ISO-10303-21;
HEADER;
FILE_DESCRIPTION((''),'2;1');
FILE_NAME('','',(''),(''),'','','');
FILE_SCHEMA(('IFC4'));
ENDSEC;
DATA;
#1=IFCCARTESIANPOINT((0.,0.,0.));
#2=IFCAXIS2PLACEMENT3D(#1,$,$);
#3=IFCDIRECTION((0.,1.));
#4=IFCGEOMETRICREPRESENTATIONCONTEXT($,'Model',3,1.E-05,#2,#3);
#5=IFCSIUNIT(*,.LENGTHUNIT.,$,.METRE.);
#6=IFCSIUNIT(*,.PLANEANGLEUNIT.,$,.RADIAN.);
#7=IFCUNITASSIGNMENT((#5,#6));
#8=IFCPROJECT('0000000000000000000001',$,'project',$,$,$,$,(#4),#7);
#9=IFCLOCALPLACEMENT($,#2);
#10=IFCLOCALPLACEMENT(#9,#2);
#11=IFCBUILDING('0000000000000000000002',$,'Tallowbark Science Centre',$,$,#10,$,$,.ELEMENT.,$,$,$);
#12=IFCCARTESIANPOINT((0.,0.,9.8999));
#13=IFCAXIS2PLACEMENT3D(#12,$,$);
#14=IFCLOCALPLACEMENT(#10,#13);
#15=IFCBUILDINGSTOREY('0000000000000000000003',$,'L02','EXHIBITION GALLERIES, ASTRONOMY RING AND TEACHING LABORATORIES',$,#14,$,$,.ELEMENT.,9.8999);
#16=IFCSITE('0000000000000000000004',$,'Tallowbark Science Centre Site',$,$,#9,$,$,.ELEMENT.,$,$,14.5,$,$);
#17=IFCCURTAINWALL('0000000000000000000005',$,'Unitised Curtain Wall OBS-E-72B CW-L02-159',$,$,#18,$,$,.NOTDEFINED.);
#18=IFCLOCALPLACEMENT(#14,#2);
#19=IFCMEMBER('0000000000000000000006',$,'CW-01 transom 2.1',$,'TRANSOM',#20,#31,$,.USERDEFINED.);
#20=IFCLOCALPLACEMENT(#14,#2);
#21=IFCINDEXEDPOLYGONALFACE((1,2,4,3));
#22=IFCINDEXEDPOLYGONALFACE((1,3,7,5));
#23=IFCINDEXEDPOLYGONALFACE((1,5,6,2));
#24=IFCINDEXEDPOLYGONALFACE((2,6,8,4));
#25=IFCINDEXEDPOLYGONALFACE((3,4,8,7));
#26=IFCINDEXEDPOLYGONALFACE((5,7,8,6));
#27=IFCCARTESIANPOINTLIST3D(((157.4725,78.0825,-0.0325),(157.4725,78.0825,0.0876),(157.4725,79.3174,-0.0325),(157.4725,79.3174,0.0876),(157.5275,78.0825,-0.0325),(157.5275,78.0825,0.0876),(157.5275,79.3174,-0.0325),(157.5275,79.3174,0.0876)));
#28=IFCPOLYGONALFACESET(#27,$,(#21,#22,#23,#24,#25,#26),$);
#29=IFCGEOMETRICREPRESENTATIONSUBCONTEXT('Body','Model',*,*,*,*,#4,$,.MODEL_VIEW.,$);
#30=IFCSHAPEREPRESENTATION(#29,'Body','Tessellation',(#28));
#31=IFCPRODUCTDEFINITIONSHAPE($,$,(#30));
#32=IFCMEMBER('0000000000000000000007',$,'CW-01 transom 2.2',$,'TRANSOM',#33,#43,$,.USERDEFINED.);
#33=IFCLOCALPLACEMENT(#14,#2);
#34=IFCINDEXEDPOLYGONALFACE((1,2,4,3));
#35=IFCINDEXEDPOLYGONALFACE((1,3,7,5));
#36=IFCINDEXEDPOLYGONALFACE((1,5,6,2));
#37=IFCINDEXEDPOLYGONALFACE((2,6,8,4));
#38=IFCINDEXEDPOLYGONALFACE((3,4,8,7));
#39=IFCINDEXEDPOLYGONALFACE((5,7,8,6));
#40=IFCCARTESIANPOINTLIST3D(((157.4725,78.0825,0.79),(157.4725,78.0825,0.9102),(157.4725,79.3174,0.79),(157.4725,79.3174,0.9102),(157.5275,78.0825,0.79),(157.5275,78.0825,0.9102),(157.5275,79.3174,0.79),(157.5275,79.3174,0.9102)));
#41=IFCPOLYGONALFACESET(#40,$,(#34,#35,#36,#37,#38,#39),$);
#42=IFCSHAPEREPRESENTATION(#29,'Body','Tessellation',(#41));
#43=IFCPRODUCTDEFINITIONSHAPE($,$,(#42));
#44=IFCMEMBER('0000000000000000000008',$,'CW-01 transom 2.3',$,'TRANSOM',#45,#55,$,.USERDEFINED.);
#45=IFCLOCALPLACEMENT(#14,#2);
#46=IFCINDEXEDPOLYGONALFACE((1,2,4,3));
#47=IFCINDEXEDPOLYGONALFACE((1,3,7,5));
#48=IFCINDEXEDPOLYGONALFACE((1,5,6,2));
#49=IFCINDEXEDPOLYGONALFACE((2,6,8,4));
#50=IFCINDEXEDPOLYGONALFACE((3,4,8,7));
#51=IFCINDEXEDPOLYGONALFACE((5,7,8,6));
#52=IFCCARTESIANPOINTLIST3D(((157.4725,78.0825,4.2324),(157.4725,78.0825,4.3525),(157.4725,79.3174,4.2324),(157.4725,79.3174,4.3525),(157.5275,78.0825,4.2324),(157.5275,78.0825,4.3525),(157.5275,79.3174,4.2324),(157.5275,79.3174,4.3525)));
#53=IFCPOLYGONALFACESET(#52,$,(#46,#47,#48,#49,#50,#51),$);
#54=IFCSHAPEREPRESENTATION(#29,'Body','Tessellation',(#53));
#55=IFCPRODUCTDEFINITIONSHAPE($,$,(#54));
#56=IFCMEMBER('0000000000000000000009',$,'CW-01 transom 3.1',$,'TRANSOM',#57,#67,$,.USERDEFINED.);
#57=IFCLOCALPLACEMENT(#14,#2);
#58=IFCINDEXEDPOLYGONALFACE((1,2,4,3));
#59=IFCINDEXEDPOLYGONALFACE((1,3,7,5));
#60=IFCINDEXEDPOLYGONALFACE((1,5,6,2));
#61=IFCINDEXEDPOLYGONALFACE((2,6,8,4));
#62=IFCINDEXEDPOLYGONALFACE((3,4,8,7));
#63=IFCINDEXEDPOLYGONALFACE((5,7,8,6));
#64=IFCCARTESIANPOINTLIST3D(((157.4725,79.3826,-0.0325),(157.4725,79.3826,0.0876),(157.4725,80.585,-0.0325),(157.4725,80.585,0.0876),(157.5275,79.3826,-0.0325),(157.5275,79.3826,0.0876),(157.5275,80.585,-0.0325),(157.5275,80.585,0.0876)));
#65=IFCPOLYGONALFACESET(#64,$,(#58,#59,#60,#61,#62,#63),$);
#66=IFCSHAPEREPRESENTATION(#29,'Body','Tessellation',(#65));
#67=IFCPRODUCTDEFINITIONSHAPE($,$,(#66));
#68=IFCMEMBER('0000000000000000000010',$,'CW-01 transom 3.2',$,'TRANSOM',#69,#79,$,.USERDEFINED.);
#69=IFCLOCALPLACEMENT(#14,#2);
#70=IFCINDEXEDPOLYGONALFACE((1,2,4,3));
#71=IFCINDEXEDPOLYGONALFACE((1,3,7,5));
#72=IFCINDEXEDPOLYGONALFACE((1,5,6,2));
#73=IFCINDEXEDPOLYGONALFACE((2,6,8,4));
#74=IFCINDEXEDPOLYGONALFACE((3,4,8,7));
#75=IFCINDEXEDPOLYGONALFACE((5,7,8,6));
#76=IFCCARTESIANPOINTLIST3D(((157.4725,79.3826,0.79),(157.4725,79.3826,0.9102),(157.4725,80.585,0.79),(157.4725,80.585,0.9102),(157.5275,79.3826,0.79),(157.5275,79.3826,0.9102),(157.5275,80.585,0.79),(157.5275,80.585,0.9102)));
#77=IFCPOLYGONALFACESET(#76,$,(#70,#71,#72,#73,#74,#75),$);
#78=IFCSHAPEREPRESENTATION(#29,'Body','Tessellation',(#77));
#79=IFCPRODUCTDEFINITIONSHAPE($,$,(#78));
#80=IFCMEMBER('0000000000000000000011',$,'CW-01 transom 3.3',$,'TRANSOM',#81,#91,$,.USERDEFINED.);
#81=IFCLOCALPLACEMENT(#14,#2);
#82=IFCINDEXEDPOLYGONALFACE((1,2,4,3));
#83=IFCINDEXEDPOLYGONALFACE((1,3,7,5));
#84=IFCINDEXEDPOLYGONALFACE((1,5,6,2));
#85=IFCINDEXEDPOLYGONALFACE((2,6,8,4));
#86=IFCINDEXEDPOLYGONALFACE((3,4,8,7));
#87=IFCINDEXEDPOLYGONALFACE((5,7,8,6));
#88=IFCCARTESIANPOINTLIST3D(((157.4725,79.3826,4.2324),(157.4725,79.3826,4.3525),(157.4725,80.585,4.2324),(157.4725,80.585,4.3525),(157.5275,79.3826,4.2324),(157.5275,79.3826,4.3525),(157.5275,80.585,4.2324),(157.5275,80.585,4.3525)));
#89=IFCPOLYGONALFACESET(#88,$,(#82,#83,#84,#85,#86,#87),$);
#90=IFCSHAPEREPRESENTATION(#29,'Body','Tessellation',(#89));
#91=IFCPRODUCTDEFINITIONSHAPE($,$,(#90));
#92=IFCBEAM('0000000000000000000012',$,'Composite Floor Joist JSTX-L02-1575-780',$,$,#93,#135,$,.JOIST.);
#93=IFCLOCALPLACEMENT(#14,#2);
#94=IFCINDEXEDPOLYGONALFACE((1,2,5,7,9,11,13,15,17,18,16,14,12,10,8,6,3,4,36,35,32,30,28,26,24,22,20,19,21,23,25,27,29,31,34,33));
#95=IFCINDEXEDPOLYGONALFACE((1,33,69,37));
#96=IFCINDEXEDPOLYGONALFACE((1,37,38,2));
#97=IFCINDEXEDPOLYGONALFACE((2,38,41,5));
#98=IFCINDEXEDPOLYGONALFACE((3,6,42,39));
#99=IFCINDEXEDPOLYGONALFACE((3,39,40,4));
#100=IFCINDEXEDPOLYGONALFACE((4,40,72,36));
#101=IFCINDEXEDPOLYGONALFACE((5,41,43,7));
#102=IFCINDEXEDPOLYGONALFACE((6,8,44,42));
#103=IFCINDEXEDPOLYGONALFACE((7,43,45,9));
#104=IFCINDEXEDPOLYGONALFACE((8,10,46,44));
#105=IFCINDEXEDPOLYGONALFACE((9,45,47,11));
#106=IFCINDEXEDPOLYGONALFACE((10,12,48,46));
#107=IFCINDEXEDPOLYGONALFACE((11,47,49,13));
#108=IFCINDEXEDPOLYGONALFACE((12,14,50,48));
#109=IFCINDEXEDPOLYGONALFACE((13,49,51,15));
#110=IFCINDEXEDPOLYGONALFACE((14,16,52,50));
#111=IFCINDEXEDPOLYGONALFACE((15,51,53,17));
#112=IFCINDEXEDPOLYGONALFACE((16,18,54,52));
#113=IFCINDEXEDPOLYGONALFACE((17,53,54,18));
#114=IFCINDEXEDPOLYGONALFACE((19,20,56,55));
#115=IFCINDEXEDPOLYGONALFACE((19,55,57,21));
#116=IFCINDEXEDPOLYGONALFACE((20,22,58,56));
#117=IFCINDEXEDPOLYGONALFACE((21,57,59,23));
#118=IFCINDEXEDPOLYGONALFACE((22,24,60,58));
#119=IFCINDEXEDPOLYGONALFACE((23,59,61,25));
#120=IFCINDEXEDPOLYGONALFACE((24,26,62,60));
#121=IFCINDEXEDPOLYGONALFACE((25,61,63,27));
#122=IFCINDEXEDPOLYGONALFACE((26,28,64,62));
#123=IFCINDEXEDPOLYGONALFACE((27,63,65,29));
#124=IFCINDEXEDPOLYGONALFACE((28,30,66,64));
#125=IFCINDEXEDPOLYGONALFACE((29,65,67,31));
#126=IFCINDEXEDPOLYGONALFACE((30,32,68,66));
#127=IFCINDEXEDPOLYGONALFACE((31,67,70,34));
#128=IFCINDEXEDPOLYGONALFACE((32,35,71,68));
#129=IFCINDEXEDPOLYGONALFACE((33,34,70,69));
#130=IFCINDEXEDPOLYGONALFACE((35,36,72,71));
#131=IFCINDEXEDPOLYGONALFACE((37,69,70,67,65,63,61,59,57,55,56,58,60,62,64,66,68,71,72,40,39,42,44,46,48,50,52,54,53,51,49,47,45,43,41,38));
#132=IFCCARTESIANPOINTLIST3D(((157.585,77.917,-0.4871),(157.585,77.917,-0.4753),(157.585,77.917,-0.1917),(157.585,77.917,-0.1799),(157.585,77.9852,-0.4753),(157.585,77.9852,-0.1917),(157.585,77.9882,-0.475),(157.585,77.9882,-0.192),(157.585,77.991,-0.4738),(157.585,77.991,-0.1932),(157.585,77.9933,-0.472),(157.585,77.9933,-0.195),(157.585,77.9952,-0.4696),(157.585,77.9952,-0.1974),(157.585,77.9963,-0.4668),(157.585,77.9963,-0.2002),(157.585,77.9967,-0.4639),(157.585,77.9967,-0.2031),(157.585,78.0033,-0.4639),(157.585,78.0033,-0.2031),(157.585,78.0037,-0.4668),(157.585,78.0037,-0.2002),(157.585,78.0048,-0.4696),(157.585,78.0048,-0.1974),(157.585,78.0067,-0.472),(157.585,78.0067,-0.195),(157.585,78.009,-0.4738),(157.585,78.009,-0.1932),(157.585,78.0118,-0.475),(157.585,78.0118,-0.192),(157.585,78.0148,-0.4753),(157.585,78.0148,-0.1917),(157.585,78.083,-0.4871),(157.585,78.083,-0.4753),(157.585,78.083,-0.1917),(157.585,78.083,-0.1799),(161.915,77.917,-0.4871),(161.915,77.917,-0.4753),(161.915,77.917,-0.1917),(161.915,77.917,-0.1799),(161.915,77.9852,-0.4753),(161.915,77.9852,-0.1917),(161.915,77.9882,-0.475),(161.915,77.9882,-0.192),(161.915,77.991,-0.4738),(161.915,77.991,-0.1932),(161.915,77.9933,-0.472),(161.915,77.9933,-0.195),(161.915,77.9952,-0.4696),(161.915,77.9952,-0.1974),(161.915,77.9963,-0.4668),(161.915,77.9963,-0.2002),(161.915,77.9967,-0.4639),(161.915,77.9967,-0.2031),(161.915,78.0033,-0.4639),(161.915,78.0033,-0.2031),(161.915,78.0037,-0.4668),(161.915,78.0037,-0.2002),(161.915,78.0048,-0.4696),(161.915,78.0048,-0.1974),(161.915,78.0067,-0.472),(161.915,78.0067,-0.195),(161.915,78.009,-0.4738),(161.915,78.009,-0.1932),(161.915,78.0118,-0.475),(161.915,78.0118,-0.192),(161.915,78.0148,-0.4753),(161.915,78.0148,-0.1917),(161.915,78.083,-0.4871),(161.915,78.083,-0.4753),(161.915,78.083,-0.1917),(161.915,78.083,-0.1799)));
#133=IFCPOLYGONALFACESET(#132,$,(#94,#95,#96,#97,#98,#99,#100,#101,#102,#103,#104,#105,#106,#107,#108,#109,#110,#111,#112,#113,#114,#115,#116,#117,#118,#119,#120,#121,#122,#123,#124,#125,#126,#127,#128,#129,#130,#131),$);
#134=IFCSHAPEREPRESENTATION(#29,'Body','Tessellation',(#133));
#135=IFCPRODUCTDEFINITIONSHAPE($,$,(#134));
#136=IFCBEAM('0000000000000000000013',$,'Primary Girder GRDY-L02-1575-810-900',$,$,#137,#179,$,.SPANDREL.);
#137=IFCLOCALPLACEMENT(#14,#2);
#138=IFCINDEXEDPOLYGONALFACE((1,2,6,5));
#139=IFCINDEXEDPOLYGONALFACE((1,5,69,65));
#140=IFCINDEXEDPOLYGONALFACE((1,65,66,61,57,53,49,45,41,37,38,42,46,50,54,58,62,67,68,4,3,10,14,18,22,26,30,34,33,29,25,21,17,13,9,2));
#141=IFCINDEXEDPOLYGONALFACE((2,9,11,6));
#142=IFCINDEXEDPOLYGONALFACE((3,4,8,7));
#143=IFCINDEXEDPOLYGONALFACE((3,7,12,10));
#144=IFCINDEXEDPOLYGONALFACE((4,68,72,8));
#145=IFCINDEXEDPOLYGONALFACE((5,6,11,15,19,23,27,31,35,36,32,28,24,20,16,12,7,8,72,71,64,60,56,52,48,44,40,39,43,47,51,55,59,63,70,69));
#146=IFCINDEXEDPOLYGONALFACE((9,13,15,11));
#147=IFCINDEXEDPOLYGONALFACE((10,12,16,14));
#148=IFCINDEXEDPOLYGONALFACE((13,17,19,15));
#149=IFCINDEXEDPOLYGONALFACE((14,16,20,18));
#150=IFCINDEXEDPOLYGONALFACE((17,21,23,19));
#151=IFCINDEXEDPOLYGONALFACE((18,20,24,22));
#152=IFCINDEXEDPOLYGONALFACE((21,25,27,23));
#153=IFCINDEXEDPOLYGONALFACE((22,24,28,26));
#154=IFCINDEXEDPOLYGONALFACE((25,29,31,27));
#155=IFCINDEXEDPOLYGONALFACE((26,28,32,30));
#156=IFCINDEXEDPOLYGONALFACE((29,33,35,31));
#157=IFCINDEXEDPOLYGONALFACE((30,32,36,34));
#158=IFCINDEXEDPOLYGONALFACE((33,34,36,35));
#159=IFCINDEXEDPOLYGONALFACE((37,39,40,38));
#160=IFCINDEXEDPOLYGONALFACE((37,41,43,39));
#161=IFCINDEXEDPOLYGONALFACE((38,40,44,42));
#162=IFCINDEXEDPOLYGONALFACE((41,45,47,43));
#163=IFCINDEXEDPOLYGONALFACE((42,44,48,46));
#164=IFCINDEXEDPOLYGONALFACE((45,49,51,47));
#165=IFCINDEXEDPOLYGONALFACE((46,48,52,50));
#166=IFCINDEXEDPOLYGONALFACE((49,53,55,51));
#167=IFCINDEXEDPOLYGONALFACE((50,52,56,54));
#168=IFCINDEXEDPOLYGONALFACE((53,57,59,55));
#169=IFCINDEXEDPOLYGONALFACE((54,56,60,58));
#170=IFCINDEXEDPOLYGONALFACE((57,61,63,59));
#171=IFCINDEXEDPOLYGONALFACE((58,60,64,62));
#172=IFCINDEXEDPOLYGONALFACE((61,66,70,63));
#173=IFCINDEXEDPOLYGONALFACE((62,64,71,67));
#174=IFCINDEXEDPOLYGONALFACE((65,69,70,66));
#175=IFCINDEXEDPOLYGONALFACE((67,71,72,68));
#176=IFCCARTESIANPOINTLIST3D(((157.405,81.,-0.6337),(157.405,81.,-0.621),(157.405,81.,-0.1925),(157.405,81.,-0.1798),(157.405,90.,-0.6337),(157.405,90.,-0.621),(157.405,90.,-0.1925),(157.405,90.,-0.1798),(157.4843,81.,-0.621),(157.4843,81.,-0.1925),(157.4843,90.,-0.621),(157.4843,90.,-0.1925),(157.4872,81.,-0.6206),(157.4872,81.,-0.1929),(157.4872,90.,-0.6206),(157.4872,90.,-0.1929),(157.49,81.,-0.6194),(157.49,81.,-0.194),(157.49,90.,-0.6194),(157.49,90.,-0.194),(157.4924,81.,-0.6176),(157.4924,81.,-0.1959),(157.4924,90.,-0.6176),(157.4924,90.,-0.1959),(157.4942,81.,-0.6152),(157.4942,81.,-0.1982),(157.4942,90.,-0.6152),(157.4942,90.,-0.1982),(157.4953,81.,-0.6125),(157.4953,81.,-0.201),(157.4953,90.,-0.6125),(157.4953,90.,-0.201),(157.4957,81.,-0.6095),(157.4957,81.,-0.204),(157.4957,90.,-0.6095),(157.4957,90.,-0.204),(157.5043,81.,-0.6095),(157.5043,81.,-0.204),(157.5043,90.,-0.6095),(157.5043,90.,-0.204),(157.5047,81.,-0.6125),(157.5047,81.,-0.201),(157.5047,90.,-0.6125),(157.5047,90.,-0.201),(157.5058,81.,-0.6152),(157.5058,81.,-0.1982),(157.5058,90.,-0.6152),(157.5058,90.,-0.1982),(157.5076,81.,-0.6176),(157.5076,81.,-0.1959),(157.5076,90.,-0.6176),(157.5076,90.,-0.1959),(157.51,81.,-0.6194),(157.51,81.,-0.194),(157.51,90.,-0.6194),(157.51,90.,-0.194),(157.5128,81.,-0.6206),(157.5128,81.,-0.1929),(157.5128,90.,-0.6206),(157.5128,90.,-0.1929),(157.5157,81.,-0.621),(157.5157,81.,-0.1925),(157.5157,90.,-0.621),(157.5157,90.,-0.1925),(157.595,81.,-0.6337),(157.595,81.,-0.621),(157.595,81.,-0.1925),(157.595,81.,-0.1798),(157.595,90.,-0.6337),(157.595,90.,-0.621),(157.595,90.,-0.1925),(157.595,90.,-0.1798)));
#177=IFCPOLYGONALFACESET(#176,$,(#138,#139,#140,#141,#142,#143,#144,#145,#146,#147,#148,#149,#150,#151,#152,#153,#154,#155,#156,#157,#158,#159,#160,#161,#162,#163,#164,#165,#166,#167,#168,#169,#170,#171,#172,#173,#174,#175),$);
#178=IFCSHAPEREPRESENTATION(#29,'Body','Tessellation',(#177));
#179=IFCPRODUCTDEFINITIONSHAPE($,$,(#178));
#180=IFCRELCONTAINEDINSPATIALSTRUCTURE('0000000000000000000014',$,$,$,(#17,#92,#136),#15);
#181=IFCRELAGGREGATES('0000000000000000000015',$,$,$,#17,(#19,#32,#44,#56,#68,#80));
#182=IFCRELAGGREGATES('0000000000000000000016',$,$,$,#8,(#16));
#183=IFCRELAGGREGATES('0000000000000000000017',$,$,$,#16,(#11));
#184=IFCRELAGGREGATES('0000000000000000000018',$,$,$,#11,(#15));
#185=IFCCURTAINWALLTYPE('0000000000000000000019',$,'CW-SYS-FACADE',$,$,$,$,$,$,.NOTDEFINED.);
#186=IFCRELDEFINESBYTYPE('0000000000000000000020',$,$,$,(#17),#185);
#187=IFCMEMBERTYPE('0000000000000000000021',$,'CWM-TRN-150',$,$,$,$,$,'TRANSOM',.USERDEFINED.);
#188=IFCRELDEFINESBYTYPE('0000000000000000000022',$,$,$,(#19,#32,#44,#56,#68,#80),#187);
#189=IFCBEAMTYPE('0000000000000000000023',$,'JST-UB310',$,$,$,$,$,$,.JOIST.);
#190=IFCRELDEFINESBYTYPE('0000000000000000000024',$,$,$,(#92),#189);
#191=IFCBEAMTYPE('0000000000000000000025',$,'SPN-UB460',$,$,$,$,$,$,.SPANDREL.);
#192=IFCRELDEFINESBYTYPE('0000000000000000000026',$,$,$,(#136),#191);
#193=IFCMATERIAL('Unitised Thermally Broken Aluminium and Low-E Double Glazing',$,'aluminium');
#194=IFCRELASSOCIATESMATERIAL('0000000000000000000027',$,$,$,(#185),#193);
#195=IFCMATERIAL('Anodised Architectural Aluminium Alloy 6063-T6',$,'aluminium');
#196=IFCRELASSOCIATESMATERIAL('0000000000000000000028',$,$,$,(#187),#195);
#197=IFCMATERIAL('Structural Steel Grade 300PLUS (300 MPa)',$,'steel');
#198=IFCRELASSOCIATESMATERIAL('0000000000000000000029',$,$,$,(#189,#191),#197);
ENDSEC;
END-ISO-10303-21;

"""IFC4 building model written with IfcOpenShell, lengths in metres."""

from ifc_helpers import new_model, si_unit, direction, frame, origin, origin_2d, place, context, subcontext, project, spatial, rectangle, i_section, extrude, material, material_profile, profile_set, type_object, element, aggregate, save


model = new_model("IFC4")

# Units and contexts
model_context = context("Model", 3, precision=1e-05, world=origin(), true_north=direction((0.0, 1.0)))
body_context = subcontext(model_context, "Body", "Model", "MODEL_VIEW")
ifc_project = project(units=[si_unit("LENGTHUNIT", "METRE"), si_unit("PLANEANGLEUNIT", "RADIAN")], contexts=[model_context])

# Site, building, storey
site_placement = place(None, origin())
site = spatial("IfcSite", under=ifc_project, at=site_placement, Name="Tallowbark Science Centre Site", CompositionType="ELEMENT", RefElevation=14.5)
building_placement = place(site_placement, origin())
building = spatial("IfcBuilding", under=site, at=building_placement, Name="Tallowbark Science Centre", CompositionType="ELEMENT")
storey_placement = place(building_placement, frame((0.0, 0.0, 9.8999)))
storey = spatial("IfcBuildingStorey", under=building, at=storey_placement, Name="L02", Description="EXHIBITION GALLERIES, ASTRONOMY RING AND TEACHING LABORATORIES", CompositionType="ELEMENT", Elevation=9.8999)

# Shared definitions
ifc_material_1 = material(Name="Structural Steel Grade 300PLUS (300 MPa)", Category="steel")

# Curtain wall, members
ifc_material_2 = material(Name="Unitised Thermally Broken Aluminium and Low-E Double Glazing", Category="aluminium")
curtain_wall_type = type_object("IfcCurtainWallType", Name="CW-SYS-FACADE", PredefinedType="NOTDEFINED", material=ifc_material_2)
curtain_wall_placement = place(storey_placement, origin())
curtain_wall = element("IfcCurtainWall", 1, at=curtain_wall_placement, inside=storey, type_object=curtain_wall_type, Name="Unitised Curtain Wall OBS-E-72B CW-L02-159", PredefinedType="NOTDEFINED")
ifc_material_3 = material(Name="Anodised Architectural Aluminium Alloy 6063-T6", Category="aluminium")
ifc_material_profile_1 = material_profile(ifc_material_3, rectangle(XDim=0.0549, YDim=0.1201, at=origin_2d()), Name="ALU55x120")
ifc_profile_set_1 = profile_set([ifc_material_profile_1], Name="Anodised Architectural Aluminium Alloy 6063-T6")
member_type_1 = type_object("IfcMemberType", Name="CWM-TRN-150", ElementType="TRANSOM", PredefinedType="USERDEFINED", material=ifc_profile_set_1)
member_1_placement = place(storey_placement, frame((157.5, 78.0825, 0.0276), z_axis=(0.0, 1.0, 0.0), x_axis=(-1.0, 0.0, 0.0)))
member_1 = element("IfcMember", 2, at=member_1_placement, type_object=member_type_1, Name="CW-01 transom 2.1", ObjectType="TRANSOM", PredefinedType="USERDEFINED", context=body_context, shape_type="SweptSolid", body=[
    extrude(rectangle(XDim=0.0549, YDim=0.1201, at=origin_2d()), origin(), (0.0, 0.0, 1.0), 1.2349),
])
member_2_placement = place(storey_placement, frame((157.5, 78.0825, 0.8501), z_axis=(0.0, 1.0, 0.0), x_axis=(-1.0, 0.0, 0.0)))
member_2 = element("IfcMember", 3, at=member_2_placement, type_object=member_type_1, Name="CW-01 transom 2.2", ObjectType="TRANSOM", PredefinedType="USERDEFINED", context=body_context, shape_type="SweptSolid", body=[
    extrude(rectangle(XDim=0.0549, YDim=0.1201, at=origin_2d()), origin(), (0.0, 0.0, 1.0), 1.2349),
])
member_3_placement = place(storey_placement, frame((157.5, 78.0825, 4.2925), z_axis=(0.0, 1.0, 0.0), x_axis=(-1.0, 0.0, 0.0)))
member_3 = element("IfcMember", 4, at=member_3_placement, type_object=member_type_1, Name="CW-01 transom 2.3", ObjectType="TRANSOM", PredefinedType="USERDEFINED", context=body_context, shape_type="SweptSolid", body=[
    extrude(rectangle(XDim=0.0549, YDim=0.1201, at=origin_2d()), origin(), (0.0, 0.0, 1.0), 1.2349),
])
member_4_placement = place(storey_placement, frame((157.5, 79.3826, 0.0276), z_axis=(0.0, 1.0, 0.0), x_axis=(-1.0, 0.0, 0.0)))
member_4 = element("IfcMember", 5, at=member_4_placement, type_object=member_type_1, Name="CW-01 transom 3.1", ObjectType="TRANSOM", PredefinedType="USERDEFINED", context=body_context, shape_type="SweptSolid", body=[
    extrude(rectangle(XDim=0.0549, YDim=0.1201, at=origin_2d()), origin(), (0.0, 0.0, 1.0), 1.2024),
])
member_5_placement = place(storey_placement, frame((157.5, 79.3826, 0.8501), z_axis=(0.0, 1.0, 0.0), x_axis=(-1.0, 0.0, 0.0)))
member_5 = element("IfcMember", 6, at=member_5_placement, type_object=member_type_1, Name="CW-01 transom 3.2", ObjectType="TRANSOM", PredefinedType="USERDEFINED", context=body_context, shape_type="SweptSolid", body=[
    extrude(rectangle(XDim=0.0549, YDim=0.1201, at=origin_2d()), origin(), (0.0, 0.0, 1.0), 1.2024),
])
member_6_placement = place(storey_placement, frame((157.5, 79.3826, 4.2925), z_axis=(0.0, 1.0, 0.0), x_axis=(-1.0, 0.0, 0.0)))
member_6 = element("IfcMember", 7, at=member_6_placement, type_object=member_type_1, Name="CW-01 transom 3.3", ObjectType="TRANSOM", PredefinedType="USERDEFINED", context=body_context, shape_type="SweptSolid", body=[
    extrude(rectangle(XDim=0.0549, YDim=0.1201, at=origin_2d()), origin(), (0.0, 0.0, 1.0), 1.2024),
])

# Beams
ifc_material_profile_2 = material_profile(ifc_material_1, i_section(OverallWidth=0.166, OverallDepth=0.3071, WebThickness=0.0066, FlangeThickness=0.0117, FilletRadius=0.0115, at=origin_2d()), Name="310UB46.2")
ifc_profile_set_2 = profile_set([ifc_material_profile_2], Name="Structural Steel Grade 300PLUS (300 MPa)")
beam_type_1 = type_object("IfcBeamType", Name="JST-UB310", PredefinedType="JOIST", material=ifc_profile_set_2)
beam_1_placement = place(storey_placement, frame((157.585, 78.0, -0.3335), z_axis=(1.0, 0.0, 0.0), x_axis=(0.0, 1.0, 0.0)))
element("IfcBeam", 8, at=beam_1_placement, inside=storey, type_object=beam_type_1, Name="Composite Floor Joist JSTX-L02-1575-780", PredefinedType="JOIST", context=body_context, shape_type="SweptSolid", body=[
    extrude(i_section(OverallWidth=0.166, OverallDepth=0.3071, WebThickness=0.0066, FlangeThickness=0.0117, FilletRadius=0.0115, at=origin_2d()), origin(), (0.0, 0.0, 1.0), 4.3301),
])
ifc_material_profile_3 = material_profile(ifc_material_1, i_section(OverallWidth=0.1899, OverallDepth=0.4539, WebThickness=0.0085, FlangeThickness=0.0127, FilletRadius=0.0115, at=origin_2d()), Name="460UB67.1")
ifc_profile_set_3 = profile_set([ifc_material_profile_3], Name="Structural Steel Grade 300PLUS (300 MPa)")
beam_type_2 = type_object("IfcBeamType", Name="SPN-UB460", PredefinedType="SPANDREL", material=ifc_profile_set_3)
for number, where, z_axis, x_axis, name in (
    (9, (157.5, 81.0, -0.4067), (0.0, 1.0, 0.0), (-1.0, 0.0, 0.0), "Primary Girder GRDY-L02-1575-810-900"),
):
    element("IfcBeam", number, at=place(storey_placement, frame(where, z_axis=z_axis, x_axis=x_axis)), inside=storey, type_object=beam_type_2, Name=name, PredefinedType="SPANDREL", context=body_context, shape_type="SweptSolid", body=[
        extrude(i_section(OverallWidth=0.1899, OverallDepth=0.4539, WebThickness=0.0085, FlangeThickness=0.0127, FilletRadius=0.0115, at=origin_2d()), origin(), (0.0, 0.0, 1.0), 9.0),
    ])

aggregate(curtain_wall, [member_1, member_2, member_3, member_4, member_5, member_6])

save(model, "model.ifc")
